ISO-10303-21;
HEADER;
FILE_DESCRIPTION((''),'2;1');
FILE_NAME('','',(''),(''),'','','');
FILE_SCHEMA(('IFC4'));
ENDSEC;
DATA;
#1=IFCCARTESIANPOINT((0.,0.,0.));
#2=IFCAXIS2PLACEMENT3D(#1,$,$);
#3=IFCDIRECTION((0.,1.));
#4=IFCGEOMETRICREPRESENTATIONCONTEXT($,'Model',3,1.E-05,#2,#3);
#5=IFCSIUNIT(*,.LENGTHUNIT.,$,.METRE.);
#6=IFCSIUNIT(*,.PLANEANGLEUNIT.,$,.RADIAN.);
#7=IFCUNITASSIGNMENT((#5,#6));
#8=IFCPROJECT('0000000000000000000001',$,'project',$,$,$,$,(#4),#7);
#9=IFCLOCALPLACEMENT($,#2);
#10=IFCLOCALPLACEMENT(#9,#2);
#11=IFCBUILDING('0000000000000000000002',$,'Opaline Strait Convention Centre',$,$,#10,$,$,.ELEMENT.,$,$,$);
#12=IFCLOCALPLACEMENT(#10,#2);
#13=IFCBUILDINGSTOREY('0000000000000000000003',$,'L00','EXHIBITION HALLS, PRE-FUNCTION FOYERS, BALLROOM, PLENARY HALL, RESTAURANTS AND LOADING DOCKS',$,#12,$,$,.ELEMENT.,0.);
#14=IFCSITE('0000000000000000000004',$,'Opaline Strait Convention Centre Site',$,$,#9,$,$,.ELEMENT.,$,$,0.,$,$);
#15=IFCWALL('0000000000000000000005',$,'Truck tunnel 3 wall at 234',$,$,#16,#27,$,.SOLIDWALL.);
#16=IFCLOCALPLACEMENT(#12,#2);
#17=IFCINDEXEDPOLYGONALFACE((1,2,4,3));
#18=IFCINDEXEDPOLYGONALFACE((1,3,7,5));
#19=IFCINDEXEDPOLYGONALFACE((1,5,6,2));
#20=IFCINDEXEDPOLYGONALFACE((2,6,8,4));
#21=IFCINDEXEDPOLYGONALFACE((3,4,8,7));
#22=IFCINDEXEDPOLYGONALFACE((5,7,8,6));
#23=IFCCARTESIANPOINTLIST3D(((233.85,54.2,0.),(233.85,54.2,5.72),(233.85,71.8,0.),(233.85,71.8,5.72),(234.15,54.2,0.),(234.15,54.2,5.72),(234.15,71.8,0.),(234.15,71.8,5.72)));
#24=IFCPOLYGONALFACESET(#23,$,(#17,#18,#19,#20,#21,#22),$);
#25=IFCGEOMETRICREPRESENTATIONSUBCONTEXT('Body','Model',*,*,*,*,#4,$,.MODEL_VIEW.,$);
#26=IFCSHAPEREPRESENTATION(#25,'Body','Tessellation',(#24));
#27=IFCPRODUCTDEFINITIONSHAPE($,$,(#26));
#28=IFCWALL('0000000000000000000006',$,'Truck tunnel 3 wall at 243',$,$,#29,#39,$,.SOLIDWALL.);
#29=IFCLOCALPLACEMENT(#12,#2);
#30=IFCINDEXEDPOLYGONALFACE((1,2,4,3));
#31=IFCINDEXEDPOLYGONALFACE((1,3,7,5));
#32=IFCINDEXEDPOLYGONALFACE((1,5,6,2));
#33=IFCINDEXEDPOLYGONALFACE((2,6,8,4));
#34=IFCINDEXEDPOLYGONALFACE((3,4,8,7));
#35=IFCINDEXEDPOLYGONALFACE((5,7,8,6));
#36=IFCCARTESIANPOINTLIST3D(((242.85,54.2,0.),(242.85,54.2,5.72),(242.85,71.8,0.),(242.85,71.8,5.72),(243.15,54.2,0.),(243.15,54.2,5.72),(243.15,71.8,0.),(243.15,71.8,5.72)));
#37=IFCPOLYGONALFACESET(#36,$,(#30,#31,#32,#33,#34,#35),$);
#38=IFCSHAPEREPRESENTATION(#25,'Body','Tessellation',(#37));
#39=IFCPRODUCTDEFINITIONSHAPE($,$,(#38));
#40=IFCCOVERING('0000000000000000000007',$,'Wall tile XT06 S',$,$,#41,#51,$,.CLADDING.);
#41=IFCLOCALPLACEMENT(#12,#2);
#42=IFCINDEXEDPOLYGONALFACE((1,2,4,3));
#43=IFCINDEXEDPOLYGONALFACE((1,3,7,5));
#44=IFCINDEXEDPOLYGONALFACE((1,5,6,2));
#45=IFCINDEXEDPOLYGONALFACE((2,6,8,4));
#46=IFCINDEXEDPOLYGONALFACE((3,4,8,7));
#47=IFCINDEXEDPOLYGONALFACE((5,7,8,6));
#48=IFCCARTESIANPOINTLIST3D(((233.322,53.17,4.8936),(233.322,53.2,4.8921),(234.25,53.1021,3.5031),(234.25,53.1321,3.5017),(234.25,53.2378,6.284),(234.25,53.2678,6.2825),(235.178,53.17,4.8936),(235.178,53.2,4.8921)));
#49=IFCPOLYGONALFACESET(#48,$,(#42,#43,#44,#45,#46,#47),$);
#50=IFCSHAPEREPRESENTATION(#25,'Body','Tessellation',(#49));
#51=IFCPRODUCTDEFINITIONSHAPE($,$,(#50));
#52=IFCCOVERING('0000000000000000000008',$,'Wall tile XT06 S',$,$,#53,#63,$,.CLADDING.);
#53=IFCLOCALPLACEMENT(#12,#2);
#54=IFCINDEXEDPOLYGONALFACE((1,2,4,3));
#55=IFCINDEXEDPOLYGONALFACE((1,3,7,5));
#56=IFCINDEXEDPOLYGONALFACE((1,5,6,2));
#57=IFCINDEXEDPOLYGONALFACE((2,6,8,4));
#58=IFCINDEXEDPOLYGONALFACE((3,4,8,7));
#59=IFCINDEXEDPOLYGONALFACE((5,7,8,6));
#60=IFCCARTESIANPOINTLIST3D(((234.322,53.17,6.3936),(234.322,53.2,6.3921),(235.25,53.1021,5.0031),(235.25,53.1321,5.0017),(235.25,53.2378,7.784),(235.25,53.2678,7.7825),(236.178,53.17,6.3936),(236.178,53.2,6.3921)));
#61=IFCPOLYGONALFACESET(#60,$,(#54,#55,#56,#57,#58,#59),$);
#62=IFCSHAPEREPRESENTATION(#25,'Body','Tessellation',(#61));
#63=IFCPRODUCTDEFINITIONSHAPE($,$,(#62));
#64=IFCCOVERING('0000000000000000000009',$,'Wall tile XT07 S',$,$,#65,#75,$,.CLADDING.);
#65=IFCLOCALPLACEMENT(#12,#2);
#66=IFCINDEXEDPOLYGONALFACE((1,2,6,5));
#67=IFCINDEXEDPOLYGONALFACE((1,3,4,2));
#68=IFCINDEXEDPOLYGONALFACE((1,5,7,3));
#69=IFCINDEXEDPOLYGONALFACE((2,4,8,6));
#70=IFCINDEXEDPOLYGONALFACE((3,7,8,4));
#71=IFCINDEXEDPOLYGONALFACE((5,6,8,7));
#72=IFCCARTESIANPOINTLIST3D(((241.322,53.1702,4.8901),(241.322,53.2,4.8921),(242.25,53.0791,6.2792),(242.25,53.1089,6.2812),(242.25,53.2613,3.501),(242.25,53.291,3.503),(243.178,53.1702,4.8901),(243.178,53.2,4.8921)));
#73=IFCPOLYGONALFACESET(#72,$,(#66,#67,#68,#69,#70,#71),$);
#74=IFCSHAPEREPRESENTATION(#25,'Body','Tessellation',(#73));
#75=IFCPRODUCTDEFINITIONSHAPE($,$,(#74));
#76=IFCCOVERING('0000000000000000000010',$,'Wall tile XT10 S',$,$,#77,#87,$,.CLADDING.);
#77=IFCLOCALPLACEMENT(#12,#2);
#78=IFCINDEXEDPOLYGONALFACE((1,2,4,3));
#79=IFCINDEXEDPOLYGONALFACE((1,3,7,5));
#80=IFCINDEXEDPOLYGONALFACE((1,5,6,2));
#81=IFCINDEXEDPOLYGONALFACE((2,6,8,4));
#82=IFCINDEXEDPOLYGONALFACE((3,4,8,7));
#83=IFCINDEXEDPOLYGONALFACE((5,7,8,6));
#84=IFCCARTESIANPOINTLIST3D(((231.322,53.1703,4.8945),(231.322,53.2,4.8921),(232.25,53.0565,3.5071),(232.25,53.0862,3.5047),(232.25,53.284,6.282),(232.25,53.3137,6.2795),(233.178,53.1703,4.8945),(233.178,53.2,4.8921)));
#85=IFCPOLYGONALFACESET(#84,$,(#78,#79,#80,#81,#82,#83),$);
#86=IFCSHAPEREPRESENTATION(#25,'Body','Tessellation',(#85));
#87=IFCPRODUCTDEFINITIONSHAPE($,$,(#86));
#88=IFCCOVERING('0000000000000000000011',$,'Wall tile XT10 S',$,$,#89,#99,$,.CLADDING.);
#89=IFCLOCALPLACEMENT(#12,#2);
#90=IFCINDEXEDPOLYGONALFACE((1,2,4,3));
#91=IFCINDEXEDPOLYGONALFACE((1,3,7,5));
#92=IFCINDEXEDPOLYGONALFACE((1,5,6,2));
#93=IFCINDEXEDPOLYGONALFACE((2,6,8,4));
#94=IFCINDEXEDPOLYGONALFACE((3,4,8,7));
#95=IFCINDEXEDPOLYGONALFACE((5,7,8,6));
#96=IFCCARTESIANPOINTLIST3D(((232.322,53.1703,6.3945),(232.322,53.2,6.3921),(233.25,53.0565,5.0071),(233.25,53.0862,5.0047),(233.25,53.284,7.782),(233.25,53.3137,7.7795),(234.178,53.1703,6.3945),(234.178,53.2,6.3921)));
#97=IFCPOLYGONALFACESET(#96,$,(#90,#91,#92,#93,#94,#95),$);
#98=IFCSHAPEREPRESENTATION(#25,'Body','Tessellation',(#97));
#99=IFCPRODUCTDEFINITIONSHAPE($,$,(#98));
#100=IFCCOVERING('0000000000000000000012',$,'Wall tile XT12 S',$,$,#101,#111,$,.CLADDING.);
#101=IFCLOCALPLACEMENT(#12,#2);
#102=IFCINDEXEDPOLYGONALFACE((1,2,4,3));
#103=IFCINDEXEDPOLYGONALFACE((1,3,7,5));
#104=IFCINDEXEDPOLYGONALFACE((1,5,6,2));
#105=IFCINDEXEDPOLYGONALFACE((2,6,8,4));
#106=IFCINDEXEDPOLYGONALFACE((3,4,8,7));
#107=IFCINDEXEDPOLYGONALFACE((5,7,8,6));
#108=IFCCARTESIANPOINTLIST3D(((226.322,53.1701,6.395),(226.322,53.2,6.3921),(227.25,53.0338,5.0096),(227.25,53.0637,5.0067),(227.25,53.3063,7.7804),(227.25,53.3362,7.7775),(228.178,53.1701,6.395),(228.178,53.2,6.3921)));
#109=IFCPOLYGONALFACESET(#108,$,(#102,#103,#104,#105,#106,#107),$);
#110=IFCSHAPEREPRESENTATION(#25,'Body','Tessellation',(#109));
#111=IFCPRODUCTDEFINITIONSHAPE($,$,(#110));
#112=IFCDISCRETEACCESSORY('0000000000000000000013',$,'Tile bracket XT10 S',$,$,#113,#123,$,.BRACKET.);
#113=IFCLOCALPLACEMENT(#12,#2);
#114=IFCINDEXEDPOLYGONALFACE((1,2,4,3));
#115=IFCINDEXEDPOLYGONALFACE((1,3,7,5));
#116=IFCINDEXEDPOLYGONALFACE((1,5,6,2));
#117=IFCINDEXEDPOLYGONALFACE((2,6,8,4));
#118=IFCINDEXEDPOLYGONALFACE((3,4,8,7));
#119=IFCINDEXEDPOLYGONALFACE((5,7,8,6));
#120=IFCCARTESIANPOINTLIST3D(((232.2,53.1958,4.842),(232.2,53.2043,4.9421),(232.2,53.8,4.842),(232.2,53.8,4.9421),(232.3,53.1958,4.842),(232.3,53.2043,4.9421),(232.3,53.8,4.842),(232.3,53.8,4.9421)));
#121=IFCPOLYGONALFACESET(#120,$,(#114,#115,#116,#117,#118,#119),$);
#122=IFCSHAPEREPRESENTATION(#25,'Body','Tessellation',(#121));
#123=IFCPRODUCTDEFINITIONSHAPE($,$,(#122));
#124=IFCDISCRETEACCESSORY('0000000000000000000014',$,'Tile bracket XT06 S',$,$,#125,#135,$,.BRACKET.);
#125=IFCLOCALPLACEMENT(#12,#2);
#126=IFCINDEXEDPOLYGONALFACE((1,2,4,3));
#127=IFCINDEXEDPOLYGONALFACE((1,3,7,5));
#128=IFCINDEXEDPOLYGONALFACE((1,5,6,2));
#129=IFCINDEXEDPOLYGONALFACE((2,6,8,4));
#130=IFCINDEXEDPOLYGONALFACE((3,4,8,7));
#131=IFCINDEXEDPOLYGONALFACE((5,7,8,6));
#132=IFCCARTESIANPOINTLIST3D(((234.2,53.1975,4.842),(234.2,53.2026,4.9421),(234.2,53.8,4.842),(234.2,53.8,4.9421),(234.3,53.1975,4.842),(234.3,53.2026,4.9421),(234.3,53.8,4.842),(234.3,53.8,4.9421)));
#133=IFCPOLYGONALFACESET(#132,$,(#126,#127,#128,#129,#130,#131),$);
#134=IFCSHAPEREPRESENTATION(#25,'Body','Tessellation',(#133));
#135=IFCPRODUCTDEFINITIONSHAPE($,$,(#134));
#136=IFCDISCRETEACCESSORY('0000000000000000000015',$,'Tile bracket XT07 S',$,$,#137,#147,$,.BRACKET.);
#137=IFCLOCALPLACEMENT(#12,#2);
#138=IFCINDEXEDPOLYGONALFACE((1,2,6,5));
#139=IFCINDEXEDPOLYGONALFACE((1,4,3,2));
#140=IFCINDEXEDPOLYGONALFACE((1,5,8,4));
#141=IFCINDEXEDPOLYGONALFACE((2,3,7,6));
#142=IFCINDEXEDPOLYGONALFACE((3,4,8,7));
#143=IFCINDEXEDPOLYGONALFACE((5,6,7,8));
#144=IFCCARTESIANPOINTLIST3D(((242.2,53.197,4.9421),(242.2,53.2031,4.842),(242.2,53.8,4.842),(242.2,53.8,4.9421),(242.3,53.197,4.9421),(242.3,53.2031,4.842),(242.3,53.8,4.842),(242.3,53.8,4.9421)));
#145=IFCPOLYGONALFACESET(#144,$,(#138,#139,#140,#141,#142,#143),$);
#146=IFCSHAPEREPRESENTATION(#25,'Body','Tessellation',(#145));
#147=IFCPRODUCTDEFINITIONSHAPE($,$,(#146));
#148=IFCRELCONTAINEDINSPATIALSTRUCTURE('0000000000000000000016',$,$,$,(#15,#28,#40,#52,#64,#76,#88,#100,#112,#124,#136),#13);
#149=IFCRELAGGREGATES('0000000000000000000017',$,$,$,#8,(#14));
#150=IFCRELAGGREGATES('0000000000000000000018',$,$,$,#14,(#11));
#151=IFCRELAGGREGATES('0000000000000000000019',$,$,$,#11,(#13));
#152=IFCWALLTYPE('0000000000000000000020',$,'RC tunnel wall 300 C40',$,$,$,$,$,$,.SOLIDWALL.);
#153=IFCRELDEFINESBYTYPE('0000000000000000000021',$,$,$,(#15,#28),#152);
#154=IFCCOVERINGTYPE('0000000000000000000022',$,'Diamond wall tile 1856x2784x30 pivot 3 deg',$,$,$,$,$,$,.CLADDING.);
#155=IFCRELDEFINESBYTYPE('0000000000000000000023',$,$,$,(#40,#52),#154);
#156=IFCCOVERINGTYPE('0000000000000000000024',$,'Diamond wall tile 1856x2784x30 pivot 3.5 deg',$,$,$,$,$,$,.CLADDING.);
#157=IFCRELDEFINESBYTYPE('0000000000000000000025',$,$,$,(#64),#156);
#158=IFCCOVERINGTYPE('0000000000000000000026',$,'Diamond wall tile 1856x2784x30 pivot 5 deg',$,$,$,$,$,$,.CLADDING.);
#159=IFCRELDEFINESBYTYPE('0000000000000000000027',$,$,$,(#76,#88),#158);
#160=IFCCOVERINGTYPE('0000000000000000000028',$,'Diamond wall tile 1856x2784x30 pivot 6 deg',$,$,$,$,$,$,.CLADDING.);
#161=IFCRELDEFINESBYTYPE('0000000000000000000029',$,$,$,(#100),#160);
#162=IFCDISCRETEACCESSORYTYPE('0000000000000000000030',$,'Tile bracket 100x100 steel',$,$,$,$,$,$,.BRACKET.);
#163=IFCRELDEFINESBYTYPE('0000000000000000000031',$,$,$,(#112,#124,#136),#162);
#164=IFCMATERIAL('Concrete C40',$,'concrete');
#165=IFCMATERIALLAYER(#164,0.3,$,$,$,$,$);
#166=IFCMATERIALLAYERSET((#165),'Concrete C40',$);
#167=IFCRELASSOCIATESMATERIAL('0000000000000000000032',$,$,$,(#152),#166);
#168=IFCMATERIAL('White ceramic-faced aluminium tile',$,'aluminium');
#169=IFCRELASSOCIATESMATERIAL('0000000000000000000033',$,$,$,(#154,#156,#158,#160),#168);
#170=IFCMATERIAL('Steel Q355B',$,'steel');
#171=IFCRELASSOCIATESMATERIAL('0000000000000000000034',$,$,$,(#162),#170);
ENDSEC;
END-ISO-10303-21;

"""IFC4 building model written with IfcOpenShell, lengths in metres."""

from ifc_helpers import new_model, si_unit, direction, frame, frame_2d, origin, place, context, subcontext, project, spatial, polyline, rectangle, outline, extrude, material, layer, layer_set, material_profile, profile_set, type_object, element, save


model = new_model("IFC4")

# Units and contexts
model_context = context("Model", 3, precision=1e-05, world=origin(), true_north=direction((0.0, 1.0)))
body_context = subcontext(model_context, "Body", "Model", "MODEL_VIEW")
ifc_project = project(units=[si_unit("LENGTHUNIT", "METRE"), si_unit("PLANEANGLEUNIT", "RADIAN")], contexts=[model_context])

# Site, building, storey
site_placement = place(None, origin())
site = spatial("IfcSite", under=ifc_project, at=site_placement, Name="Opaline Strait Convention Centre Site", CompositionType="ELEMENT", RefElevation=0.0)
building_placement = place(site_placement, origin())
building = spatial("IfcBuilding", under=site, at=building_placement, Name="Opaline Strait Convention Centre", CompositionType="ELEMENT")
storey_placement = place(building_placement, origin())
storey = spatial("IfcBuildingStorey", under=building, at=storey_placement, Name="L00", Description="EXHIBITION HALLS, PRE-FUNCTION FOYERS, BALLROOM, PLENARY HALL, RESTAURANTS AND LOADING DOCKS", CompositionType="ELEMENT", Elevation=0.0)

# Shared definitions
ifc_material_1 = material(Name="Steel Q355B", Category="steel")

# Shared definitions
ifc_material_2 = material(Name="Concrete C40", Category="concrete")

# Walls
ifc_layer_1 = layer(ifc_material_2, 0.3)
ifc_layer_set_1 = layer_set([ifc_layer_1], Name="Concrete C40")
wall_type_1 = type_object("IfcWallType", Name="RC tunnel wall 300 C40", PredefinedType="SOLIDWALL", material=ifc_layer_set_1)
for number, where, z_axis, x_axis, name in (
    (1, (234.0, 54.2, 0.0), (0.0, 0.0, 1.0), (0.0, 1.0, 0.0), "Truck tunnel 3 wall at 234"),
    (2, (243.0, 54.2, 0.0), (0.0, 0.0, 1.0), (0.0, 1.0, 0.0), "Truck tunnel 3 wall at 243"),
):
    element("IfcWall", number, at=place(storey_placement, frame(where, z_axis=z_axis, x_axis=x_axis)), inside=storey, type_object=wall_type_1, Name=name, PredefinedType="SOLIDWALL", context=body_context, shape_type="SweptSolid", body=[
        extrude(rectangle(XDim=17.6001, YDim=0.3, at=frame_2d((8.8, 0.0))), origin(), (0.0, 0.0, 1.0), 5.72),
    ])

# Coverings
ifc_material_3 = material(Name="White ceramic-faced aluminium tile", Category="aluminium")
ifc_material_profile_1 = material_profile(ifc_material_3, outline(polyline([(0.928, 0.0), (0.0, 1.3921), (-0.928, 0.0), (0.0, -1.3921), (0.928, 0.0)])), Name="Diamond tile 1856x2784")
ifc_profile_set_1 = profile_set([ifc_material_profile_1], Name="White ceramic-faced aluminium tile")
covering_type_1 = type_object("IfcCoveringType", Name="Diamond wall tile 1856x2784x30 pivot 3 deg", PredefinedType="CLADDING", material=ifc_profile_set_1)
for number, where, z_axis, x_axis, name in (
    (3, (234.25, 53.2, 4.8921), (0.0, -0.998812, 0.048723), (1.0, 0.0, 0.0), "Wall tile XT06 S"),
    (4, (235.25, 53.2, 6.3921), (0.0, -0.998812, 0.048723), (1.0, 0.0, 0.0), "Wall tile XT06 S"),
):
    element("IfcCovering", number, at=place(storey_placement, frame(where, z_axis=z_axis, x_axis=x_axis)), inside=storey, type_object=covering_type_1, Name=name, PredefinedType="CLADDING", context=body_context, shape_type="SweptSolid", body=[
        extrude(outline(polyline([(0.928, 0.0), (0.0, 1.3921), (-0.928, 0.0), (0.0, -1.3921), (0.928, 0.0)])), origin(), (0.0, 0.0, 1.0), 0.03),
    ])
ifc_material_profile_2 = material_profile(ifc_material_3, outline(polyline([(0.928, 0.0), (0.0, 1.3921), (-0.928, 0.0), (0.0, -1.3921), (0.928, 0.0)])), Name="Diamond tile 1856x2784")
ifc_profile_set_2 = profile_set([ifc_material_profile_2], Name="White ceramic-faced aluminium tile")
covering_type_2 = type_object("IfcCoveringType", Name="Diamond wall tile 1856x2784x30 pivot 3.5 deg", PredefinedType="CLADDING", material=ifc_profile_set_2)
covering_1_placement = place(storey_placement, frame((242.25, 53.2, 4.8921), z_axis=(0.0, -0.997857, -0.065433), x_axis=(1.0, 0.0, 0.0)))
element("IfcCovering", 5, at=covering_1_placement, inside=storey, type_object=covering_type_2, Name="Wall tile XT07 S", PredefinedType="CLADDING", context=body_context, shape_type="SweptSolid", body=[
    extrude(outline(polyline([(0.928, 0.0), (0.0, 1.3921), (-0.928, 0.0), (0.0, -1.3921), (0.928, 0.0)])), origin(), (0.0, 0.0, 1.0), 0.0298),
])
ifc_material_profile_3 = material_profile(ifc_material_3, outline(polyline([(0.928, 0.0), (0.0, 1.3921), (-0.928, 0.0), (0.0, -1.3921), (0.928, 0.0)])), Name="Diamond tile 1856x2784")
ifc_profile_set_3 = profile_set([ifc_material_profile_3], Name="White ceramic-faced aluminium tile")
covering_type_3 = type_object("IfcCoveringType", Name="Diamond wall tile 1856x2784x30 pivot 5 deg", PredefinedType="CLADDING", material=ifc_profile_set_3)
for number, where, z_axis, x_axis, name in (
    (6, (232.25, 53.2, 4.8921), (0.0, -0.996658, 0.081693), (1.0, 0.0, 0.0), "Wall tile XT10 S"),
    (7, (233.25, 53.2, 6.3921), (0.0, -0.996658, 0.081693), (1.0, 0.0, 0.0), "Wall tile XT10 S"),
):
    element("IfcCovering", number, at=place(storey_placement, frame(where, z_axis=z_axis, x_axis=x_axis)), inside=storey, type_object=covering_type_3, Name=name, PredefinedType="CLADDING", context=body_context, shape_type="SweptSolid", body=[
        extrude(outline(polyline([(0.928, 0.0), (0.0, 1.3921), (-0.928, 0.0), (0.0, -1.3921), (0.928, 0.0)])), origin(), (0.0, 0.0, 1.0), 0.0298),
    ])
ifc_material_profile_4 = material_profile(ifc_material_3, outline(polyline([(0.928, 0.0), (0.0, 1.3921), (-0.928, 0.0), (0.0, -1.3921), (0.928, 0.0)])), Name="Diamond tile 1856x2784")
ifc_profile_set_4 = profile_set([ifc_material_profile_4], Name="White ceramic-faced aluminium tile")
covering_type_4 = type_object("IfcCoveringType", Name="Diamond wall tile 1856x2784x30 pivot 6 deg", PredefinedType="CLADDING", material=ifc_profile_set_4)
covering_2_placement = place(storey_placement, frame((227.25, 53.2, 6.3921), z_axis=(0.0, -0.995197, 0.097888), x_axis=(1.0, 0.0, 0.0)))
element("IfcCovering", 8, at=covering_2_placement, inside=storey, type_object=covering_type_4, Name="Wall tile XT12 S", PredefinedType="CLADDING", context=body_context, shape_type="SweptSolid", body=[
    extrude(outline(polyline([(0.928, 0.0), (0.0, 1.3921), (-0.928, 0.0), (0.0, -1.3921), (0.928, 0.0)])), origin(), (0.0, 0.0, 1.0), 0.03),
])

# Discrete accessories
discrete_accessory_type = type_object("IfcDiscreteAccessoryType", Name="Tile bracket 100x100 steel", PredefinedType="BRACKET", material=ifc_material_1)
discrete_accessory_1_placement = place(storey_placement, frame((232.2, 53.8, 4.8921), z_axis=(1.0, 0.0, 0.0), x_axis=(0.0, 1.0, 0.0)))
element("IfcDiscreteAccessory", 9, at=discrete_accessory_1_placement, inside=storey, type_object=discrete_accessory_type, Name="Tile bracket XT10 S", PredefinedType="BRACKET", context=body_context, shape_type="SweptSolid", body=[
    extrude(outline(polyline([(0.0, -0.05), (0.0, 0.05), (-0.5957, 0.05), (-0.6042, -0.05), (0.0, -0.05)])), origin(), (0.0, 0.0, 1.0), 0.1001),
])
discrete_accessory_2_placement = place(storey_placement, frame((234.2, 53.8, 4.8921), z_axis=(1.0, 0.0, 0.0), x_axis=(0.0, 1.0, 0.0)))
element("IfcDiscreteAccessory", 10, at=discrete_accessory_2_placement, inside=storey, type_object=discrete_accessory_type, Name="Tile bracket XT06 S", PredefinedType="BRACKET", context=body_context, shape_type="SweptSolid", body=[
    extrude(outline(polyline([(0.0, -0.05), (0.0, 0.05), (-0.5974, 0.05), (-0.6025, -0.05), (0.0, -0.05)])), origin(), (0.0, 0.0, 1.0), 0.1001),
])
discrete_accessory_3_placement = place(storey_placement, frame((242.2, 53.8, 4.8921), z_axis=(1.0, 0.0, 0.0), x_axis=(0.0, 1.0, 0.0)))
element("IfcDiscreteAccessory", 11, at=discrete_accessory_3_placement, inside=storey, type_object=discrete_accessory_type, Name="Tile bracket XT07 S", PredefinedType="BRACKET", context=body_context, shape_type="SweptSolid", body=[
    extrude(outline(polyline([(0.0, -0.05), (0.0, 0.05), (-0.603, 0.05), (-0.5969, -0.05), (0.0, -0.05)])), origin(), (0.0, 0.0, 1.0), 0.1001),
])

save(model, "model.ifc")
